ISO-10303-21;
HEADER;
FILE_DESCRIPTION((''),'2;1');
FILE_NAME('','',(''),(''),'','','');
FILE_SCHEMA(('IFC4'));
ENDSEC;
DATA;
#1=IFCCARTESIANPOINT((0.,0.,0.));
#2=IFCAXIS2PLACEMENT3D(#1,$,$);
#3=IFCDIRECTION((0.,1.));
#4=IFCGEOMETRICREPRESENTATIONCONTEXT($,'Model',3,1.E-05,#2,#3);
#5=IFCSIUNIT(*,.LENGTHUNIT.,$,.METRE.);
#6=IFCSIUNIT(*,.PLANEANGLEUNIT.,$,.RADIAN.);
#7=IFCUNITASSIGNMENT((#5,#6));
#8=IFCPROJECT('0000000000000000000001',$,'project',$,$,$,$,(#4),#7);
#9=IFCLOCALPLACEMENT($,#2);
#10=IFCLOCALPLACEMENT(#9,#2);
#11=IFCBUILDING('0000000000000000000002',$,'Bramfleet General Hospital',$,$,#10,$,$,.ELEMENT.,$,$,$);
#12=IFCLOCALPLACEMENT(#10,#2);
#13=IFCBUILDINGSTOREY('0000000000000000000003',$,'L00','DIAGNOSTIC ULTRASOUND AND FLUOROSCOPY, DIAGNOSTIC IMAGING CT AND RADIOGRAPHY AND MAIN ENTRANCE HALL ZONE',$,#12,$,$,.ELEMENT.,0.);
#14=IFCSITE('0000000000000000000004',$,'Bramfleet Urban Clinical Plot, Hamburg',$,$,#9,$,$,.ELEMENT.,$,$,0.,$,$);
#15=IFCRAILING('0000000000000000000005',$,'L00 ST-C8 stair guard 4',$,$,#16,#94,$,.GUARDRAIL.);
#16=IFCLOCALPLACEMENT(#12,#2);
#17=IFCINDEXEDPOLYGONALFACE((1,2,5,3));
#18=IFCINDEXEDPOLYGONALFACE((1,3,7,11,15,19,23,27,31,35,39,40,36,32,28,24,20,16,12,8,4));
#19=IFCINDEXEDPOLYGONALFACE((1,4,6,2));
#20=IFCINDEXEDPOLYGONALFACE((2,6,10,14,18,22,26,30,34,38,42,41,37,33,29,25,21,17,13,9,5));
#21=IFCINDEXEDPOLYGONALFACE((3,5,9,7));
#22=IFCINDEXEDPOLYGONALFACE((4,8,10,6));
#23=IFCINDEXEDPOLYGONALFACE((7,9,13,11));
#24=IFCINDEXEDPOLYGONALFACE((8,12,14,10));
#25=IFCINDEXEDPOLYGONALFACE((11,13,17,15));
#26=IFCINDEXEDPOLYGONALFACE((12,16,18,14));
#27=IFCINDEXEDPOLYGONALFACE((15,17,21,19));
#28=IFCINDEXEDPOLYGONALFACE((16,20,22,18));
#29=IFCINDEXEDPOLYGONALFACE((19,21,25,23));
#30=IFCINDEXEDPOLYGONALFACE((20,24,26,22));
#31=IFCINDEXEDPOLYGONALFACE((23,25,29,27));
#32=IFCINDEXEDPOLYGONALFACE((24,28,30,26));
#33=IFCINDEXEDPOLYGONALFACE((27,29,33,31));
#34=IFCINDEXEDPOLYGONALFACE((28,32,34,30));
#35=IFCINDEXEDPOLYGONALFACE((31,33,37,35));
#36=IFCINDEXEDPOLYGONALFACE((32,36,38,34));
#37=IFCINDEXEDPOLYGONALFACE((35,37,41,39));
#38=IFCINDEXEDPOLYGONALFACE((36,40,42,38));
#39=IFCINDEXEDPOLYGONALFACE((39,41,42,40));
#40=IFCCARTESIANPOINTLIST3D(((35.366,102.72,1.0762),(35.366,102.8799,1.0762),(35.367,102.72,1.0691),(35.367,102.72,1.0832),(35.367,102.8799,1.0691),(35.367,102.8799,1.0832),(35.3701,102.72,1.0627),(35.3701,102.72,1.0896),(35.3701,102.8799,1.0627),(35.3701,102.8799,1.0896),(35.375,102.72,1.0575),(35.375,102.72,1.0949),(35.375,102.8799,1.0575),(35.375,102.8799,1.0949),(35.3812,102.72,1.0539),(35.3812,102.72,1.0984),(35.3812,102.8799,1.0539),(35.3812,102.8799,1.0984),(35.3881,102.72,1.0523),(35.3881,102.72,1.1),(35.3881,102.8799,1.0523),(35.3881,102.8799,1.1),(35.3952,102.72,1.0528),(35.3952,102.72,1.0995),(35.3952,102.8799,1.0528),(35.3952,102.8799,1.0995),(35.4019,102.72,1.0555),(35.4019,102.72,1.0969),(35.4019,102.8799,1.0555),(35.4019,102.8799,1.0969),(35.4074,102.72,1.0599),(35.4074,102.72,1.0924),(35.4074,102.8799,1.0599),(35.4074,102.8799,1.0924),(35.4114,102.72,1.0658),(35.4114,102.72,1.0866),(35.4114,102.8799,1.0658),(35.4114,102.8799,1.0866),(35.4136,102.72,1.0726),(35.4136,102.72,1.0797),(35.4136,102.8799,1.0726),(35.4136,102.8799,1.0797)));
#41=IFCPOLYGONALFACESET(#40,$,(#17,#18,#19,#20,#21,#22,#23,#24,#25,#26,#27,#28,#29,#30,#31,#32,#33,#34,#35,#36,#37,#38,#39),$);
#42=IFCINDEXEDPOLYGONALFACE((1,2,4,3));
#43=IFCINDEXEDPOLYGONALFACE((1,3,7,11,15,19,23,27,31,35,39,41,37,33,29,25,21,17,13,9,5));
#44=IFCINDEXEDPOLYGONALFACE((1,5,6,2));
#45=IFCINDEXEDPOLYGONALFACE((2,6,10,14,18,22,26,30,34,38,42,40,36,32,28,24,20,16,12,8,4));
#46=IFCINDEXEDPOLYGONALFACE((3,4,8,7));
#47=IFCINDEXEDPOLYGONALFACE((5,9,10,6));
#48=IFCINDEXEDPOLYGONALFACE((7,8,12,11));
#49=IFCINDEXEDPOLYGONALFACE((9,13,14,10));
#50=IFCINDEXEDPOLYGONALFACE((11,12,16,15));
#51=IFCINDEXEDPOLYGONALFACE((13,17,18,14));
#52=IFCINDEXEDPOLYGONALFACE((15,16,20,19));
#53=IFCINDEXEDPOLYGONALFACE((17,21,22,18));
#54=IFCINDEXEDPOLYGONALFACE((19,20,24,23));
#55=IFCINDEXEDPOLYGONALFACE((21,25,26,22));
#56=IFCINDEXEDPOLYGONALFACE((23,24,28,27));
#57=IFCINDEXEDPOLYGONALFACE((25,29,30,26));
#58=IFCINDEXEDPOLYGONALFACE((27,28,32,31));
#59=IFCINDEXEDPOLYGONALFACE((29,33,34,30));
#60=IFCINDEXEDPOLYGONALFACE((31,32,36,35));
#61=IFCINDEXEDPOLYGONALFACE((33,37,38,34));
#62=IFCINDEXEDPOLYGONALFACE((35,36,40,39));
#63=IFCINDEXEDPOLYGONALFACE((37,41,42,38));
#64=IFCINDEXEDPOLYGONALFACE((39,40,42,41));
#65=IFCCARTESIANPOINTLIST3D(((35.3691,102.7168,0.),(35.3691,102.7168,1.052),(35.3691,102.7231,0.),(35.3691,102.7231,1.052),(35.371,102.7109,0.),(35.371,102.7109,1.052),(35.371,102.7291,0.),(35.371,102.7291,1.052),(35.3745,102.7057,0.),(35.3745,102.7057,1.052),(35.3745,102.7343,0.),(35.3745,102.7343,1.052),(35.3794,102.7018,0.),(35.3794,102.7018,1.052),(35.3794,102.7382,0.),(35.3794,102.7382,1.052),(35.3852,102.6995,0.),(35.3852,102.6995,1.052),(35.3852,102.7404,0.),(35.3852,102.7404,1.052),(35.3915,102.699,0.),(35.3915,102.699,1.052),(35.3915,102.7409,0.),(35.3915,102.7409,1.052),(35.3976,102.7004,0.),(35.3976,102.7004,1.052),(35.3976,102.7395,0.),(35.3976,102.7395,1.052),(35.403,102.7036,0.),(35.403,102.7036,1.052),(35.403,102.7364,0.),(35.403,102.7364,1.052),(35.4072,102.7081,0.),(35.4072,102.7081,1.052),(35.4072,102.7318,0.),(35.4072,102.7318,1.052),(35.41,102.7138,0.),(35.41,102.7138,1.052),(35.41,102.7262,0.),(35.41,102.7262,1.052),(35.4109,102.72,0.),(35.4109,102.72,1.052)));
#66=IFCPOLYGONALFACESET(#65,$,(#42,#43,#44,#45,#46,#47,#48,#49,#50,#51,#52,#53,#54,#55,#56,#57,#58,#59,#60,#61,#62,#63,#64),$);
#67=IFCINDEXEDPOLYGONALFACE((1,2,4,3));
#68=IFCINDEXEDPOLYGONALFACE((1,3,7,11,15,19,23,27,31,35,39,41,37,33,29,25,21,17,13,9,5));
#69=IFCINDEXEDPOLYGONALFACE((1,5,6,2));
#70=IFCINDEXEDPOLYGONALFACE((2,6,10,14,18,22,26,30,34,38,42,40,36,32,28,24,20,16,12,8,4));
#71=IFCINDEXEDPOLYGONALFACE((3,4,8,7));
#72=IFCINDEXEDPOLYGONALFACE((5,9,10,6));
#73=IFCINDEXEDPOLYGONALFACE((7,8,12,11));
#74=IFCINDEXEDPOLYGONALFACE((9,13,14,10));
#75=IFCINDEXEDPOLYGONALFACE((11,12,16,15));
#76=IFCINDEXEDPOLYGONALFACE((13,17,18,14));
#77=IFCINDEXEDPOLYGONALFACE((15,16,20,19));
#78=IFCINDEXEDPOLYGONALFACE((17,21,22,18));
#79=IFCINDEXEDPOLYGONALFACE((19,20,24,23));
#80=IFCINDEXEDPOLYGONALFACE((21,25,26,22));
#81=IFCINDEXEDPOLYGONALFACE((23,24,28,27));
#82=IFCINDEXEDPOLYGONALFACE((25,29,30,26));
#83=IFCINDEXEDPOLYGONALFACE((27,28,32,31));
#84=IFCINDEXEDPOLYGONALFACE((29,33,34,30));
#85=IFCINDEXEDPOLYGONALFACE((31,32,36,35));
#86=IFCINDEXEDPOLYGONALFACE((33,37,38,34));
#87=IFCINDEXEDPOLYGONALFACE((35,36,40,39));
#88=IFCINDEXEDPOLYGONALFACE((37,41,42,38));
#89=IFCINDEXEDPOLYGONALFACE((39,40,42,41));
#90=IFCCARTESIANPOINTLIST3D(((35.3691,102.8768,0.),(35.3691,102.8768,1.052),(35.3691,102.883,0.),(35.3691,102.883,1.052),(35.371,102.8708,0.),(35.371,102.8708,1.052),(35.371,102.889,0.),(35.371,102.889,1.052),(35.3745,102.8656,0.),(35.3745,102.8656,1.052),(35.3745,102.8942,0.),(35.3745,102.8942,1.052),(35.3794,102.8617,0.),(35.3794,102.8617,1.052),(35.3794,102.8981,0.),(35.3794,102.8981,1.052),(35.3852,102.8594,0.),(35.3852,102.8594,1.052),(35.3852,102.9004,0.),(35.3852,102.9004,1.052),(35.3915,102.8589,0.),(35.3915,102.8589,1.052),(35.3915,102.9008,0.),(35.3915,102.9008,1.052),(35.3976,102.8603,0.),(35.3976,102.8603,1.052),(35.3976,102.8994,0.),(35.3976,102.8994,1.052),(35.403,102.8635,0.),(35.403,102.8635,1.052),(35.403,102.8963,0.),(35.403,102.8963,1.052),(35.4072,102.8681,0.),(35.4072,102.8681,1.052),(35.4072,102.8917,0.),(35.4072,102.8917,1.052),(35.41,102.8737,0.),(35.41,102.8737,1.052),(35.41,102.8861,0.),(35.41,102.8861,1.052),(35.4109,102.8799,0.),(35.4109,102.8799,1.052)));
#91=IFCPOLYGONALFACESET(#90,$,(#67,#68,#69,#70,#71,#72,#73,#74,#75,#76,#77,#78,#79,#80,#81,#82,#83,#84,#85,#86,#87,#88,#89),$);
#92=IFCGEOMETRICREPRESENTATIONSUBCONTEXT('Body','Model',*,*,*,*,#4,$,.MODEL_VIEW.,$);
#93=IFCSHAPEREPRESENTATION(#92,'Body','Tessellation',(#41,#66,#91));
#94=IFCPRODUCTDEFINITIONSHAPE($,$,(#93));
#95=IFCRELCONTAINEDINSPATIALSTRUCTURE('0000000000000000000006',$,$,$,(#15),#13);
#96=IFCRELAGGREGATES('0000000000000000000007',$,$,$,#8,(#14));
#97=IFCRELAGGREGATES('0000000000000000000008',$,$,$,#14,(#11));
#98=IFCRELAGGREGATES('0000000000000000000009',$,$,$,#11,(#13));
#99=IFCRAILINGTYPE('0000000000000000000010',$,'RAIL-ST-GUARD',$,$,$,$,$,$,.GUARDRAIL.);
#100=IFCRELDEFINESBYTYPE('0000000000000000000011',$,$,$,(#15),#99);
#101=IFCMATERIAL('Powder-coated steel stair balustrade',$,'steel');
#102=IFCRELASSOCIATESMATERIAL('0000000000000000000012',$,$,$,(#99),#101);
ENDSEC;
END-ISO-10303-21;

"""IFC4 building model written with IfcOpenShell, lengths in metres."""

from ifc_helpers import new_model, si_unit, direction, frame, origin, origin_2d, place, context, subcontext, project, spatial, circle, extrude, material, type_object, element, save


model = new_model("IFC4")

# Units and contexts
model_context = context("Model", 3, precision=1e-05, world=origin(), true_north=direction((0.0, 1.0)))
body_context = subcontext(model_context, "Body", "Model", "MODEL_VIEW")
ifc_project = project(units=[si_unit("LENGTHUNIT", "METRE"), si_unit("PLANEANGLEUNIT", "RADIAN")], contexts=[model_context])

# Site, building, storey
site_placement = place(None, origin())
site = spatial("IfcSite", under=ifc_project, at=site_placement, Name="Bramfleet Urban Clinical Plot, Hamburg", CompositionType="ELEMENT", RefElevation=0.0)
building_placement = place(site_placement, origin())
building = spatial("IfcBuilding", under=site, at=building_placement, Name="Bramfleet General Hospital", CompositionType="ELEMENT")
storey_placement = place(building_placement, origin())
storey = spatial("IfcBuildingStorey", under=building, at=storey_placement, Name="L00", Description="DIAGNOSTIC ULTRASOUND AND FLUOROSCOPY, DIAGNOSTIC IMAGING CT AND RADIOGRAPHY AND MAIN ENTRANCE HALL ZONE", CompositionType="ELEMENT", Elevation=0.0)

# Railing
ifc_material_1 = material(Name="Powder-coated steel stair balustrade", Category="steel")
railing_type_1 = type_object("IfcRailingType", Name="RAIL-ST-GUARD", PredefinedType="GUARDRAIL", material=ifc_material_1)
railing_1_placement = place(storey_placement, frame((35.3899, 102.72, 0.0)))
element("IfcRailing", 1, at=railing_1_placement, inside=storey, type_object=railing_type_1, Name="L00 ST-C8 stair guard 4", PredefinedType="GUARDRAIL", context=body_context, shape_type="SweptSolid", body=[
    extrude(circle(Radius=0.0239, at=origin_2d()), frame((0.0, 0.0, 1.0762), z_axis=(0.0, 1.0, 0.0), x_axis=(-1.0, 0.0, 0.0)), (0.0, 0.0, 1.0), 0.1599),
    extrude(circle(Radius=0.021, at=origin_2d()), origin(), (0.0, 0.0, 1.0), 1.052),
    extrude(circle(Radius=0.021, at=origin_2d()), frame((0.0, 0.1599, 0.0)), (0.0, 0.0, 1.0), 1.052),
])

save(model, "model.ifc")
